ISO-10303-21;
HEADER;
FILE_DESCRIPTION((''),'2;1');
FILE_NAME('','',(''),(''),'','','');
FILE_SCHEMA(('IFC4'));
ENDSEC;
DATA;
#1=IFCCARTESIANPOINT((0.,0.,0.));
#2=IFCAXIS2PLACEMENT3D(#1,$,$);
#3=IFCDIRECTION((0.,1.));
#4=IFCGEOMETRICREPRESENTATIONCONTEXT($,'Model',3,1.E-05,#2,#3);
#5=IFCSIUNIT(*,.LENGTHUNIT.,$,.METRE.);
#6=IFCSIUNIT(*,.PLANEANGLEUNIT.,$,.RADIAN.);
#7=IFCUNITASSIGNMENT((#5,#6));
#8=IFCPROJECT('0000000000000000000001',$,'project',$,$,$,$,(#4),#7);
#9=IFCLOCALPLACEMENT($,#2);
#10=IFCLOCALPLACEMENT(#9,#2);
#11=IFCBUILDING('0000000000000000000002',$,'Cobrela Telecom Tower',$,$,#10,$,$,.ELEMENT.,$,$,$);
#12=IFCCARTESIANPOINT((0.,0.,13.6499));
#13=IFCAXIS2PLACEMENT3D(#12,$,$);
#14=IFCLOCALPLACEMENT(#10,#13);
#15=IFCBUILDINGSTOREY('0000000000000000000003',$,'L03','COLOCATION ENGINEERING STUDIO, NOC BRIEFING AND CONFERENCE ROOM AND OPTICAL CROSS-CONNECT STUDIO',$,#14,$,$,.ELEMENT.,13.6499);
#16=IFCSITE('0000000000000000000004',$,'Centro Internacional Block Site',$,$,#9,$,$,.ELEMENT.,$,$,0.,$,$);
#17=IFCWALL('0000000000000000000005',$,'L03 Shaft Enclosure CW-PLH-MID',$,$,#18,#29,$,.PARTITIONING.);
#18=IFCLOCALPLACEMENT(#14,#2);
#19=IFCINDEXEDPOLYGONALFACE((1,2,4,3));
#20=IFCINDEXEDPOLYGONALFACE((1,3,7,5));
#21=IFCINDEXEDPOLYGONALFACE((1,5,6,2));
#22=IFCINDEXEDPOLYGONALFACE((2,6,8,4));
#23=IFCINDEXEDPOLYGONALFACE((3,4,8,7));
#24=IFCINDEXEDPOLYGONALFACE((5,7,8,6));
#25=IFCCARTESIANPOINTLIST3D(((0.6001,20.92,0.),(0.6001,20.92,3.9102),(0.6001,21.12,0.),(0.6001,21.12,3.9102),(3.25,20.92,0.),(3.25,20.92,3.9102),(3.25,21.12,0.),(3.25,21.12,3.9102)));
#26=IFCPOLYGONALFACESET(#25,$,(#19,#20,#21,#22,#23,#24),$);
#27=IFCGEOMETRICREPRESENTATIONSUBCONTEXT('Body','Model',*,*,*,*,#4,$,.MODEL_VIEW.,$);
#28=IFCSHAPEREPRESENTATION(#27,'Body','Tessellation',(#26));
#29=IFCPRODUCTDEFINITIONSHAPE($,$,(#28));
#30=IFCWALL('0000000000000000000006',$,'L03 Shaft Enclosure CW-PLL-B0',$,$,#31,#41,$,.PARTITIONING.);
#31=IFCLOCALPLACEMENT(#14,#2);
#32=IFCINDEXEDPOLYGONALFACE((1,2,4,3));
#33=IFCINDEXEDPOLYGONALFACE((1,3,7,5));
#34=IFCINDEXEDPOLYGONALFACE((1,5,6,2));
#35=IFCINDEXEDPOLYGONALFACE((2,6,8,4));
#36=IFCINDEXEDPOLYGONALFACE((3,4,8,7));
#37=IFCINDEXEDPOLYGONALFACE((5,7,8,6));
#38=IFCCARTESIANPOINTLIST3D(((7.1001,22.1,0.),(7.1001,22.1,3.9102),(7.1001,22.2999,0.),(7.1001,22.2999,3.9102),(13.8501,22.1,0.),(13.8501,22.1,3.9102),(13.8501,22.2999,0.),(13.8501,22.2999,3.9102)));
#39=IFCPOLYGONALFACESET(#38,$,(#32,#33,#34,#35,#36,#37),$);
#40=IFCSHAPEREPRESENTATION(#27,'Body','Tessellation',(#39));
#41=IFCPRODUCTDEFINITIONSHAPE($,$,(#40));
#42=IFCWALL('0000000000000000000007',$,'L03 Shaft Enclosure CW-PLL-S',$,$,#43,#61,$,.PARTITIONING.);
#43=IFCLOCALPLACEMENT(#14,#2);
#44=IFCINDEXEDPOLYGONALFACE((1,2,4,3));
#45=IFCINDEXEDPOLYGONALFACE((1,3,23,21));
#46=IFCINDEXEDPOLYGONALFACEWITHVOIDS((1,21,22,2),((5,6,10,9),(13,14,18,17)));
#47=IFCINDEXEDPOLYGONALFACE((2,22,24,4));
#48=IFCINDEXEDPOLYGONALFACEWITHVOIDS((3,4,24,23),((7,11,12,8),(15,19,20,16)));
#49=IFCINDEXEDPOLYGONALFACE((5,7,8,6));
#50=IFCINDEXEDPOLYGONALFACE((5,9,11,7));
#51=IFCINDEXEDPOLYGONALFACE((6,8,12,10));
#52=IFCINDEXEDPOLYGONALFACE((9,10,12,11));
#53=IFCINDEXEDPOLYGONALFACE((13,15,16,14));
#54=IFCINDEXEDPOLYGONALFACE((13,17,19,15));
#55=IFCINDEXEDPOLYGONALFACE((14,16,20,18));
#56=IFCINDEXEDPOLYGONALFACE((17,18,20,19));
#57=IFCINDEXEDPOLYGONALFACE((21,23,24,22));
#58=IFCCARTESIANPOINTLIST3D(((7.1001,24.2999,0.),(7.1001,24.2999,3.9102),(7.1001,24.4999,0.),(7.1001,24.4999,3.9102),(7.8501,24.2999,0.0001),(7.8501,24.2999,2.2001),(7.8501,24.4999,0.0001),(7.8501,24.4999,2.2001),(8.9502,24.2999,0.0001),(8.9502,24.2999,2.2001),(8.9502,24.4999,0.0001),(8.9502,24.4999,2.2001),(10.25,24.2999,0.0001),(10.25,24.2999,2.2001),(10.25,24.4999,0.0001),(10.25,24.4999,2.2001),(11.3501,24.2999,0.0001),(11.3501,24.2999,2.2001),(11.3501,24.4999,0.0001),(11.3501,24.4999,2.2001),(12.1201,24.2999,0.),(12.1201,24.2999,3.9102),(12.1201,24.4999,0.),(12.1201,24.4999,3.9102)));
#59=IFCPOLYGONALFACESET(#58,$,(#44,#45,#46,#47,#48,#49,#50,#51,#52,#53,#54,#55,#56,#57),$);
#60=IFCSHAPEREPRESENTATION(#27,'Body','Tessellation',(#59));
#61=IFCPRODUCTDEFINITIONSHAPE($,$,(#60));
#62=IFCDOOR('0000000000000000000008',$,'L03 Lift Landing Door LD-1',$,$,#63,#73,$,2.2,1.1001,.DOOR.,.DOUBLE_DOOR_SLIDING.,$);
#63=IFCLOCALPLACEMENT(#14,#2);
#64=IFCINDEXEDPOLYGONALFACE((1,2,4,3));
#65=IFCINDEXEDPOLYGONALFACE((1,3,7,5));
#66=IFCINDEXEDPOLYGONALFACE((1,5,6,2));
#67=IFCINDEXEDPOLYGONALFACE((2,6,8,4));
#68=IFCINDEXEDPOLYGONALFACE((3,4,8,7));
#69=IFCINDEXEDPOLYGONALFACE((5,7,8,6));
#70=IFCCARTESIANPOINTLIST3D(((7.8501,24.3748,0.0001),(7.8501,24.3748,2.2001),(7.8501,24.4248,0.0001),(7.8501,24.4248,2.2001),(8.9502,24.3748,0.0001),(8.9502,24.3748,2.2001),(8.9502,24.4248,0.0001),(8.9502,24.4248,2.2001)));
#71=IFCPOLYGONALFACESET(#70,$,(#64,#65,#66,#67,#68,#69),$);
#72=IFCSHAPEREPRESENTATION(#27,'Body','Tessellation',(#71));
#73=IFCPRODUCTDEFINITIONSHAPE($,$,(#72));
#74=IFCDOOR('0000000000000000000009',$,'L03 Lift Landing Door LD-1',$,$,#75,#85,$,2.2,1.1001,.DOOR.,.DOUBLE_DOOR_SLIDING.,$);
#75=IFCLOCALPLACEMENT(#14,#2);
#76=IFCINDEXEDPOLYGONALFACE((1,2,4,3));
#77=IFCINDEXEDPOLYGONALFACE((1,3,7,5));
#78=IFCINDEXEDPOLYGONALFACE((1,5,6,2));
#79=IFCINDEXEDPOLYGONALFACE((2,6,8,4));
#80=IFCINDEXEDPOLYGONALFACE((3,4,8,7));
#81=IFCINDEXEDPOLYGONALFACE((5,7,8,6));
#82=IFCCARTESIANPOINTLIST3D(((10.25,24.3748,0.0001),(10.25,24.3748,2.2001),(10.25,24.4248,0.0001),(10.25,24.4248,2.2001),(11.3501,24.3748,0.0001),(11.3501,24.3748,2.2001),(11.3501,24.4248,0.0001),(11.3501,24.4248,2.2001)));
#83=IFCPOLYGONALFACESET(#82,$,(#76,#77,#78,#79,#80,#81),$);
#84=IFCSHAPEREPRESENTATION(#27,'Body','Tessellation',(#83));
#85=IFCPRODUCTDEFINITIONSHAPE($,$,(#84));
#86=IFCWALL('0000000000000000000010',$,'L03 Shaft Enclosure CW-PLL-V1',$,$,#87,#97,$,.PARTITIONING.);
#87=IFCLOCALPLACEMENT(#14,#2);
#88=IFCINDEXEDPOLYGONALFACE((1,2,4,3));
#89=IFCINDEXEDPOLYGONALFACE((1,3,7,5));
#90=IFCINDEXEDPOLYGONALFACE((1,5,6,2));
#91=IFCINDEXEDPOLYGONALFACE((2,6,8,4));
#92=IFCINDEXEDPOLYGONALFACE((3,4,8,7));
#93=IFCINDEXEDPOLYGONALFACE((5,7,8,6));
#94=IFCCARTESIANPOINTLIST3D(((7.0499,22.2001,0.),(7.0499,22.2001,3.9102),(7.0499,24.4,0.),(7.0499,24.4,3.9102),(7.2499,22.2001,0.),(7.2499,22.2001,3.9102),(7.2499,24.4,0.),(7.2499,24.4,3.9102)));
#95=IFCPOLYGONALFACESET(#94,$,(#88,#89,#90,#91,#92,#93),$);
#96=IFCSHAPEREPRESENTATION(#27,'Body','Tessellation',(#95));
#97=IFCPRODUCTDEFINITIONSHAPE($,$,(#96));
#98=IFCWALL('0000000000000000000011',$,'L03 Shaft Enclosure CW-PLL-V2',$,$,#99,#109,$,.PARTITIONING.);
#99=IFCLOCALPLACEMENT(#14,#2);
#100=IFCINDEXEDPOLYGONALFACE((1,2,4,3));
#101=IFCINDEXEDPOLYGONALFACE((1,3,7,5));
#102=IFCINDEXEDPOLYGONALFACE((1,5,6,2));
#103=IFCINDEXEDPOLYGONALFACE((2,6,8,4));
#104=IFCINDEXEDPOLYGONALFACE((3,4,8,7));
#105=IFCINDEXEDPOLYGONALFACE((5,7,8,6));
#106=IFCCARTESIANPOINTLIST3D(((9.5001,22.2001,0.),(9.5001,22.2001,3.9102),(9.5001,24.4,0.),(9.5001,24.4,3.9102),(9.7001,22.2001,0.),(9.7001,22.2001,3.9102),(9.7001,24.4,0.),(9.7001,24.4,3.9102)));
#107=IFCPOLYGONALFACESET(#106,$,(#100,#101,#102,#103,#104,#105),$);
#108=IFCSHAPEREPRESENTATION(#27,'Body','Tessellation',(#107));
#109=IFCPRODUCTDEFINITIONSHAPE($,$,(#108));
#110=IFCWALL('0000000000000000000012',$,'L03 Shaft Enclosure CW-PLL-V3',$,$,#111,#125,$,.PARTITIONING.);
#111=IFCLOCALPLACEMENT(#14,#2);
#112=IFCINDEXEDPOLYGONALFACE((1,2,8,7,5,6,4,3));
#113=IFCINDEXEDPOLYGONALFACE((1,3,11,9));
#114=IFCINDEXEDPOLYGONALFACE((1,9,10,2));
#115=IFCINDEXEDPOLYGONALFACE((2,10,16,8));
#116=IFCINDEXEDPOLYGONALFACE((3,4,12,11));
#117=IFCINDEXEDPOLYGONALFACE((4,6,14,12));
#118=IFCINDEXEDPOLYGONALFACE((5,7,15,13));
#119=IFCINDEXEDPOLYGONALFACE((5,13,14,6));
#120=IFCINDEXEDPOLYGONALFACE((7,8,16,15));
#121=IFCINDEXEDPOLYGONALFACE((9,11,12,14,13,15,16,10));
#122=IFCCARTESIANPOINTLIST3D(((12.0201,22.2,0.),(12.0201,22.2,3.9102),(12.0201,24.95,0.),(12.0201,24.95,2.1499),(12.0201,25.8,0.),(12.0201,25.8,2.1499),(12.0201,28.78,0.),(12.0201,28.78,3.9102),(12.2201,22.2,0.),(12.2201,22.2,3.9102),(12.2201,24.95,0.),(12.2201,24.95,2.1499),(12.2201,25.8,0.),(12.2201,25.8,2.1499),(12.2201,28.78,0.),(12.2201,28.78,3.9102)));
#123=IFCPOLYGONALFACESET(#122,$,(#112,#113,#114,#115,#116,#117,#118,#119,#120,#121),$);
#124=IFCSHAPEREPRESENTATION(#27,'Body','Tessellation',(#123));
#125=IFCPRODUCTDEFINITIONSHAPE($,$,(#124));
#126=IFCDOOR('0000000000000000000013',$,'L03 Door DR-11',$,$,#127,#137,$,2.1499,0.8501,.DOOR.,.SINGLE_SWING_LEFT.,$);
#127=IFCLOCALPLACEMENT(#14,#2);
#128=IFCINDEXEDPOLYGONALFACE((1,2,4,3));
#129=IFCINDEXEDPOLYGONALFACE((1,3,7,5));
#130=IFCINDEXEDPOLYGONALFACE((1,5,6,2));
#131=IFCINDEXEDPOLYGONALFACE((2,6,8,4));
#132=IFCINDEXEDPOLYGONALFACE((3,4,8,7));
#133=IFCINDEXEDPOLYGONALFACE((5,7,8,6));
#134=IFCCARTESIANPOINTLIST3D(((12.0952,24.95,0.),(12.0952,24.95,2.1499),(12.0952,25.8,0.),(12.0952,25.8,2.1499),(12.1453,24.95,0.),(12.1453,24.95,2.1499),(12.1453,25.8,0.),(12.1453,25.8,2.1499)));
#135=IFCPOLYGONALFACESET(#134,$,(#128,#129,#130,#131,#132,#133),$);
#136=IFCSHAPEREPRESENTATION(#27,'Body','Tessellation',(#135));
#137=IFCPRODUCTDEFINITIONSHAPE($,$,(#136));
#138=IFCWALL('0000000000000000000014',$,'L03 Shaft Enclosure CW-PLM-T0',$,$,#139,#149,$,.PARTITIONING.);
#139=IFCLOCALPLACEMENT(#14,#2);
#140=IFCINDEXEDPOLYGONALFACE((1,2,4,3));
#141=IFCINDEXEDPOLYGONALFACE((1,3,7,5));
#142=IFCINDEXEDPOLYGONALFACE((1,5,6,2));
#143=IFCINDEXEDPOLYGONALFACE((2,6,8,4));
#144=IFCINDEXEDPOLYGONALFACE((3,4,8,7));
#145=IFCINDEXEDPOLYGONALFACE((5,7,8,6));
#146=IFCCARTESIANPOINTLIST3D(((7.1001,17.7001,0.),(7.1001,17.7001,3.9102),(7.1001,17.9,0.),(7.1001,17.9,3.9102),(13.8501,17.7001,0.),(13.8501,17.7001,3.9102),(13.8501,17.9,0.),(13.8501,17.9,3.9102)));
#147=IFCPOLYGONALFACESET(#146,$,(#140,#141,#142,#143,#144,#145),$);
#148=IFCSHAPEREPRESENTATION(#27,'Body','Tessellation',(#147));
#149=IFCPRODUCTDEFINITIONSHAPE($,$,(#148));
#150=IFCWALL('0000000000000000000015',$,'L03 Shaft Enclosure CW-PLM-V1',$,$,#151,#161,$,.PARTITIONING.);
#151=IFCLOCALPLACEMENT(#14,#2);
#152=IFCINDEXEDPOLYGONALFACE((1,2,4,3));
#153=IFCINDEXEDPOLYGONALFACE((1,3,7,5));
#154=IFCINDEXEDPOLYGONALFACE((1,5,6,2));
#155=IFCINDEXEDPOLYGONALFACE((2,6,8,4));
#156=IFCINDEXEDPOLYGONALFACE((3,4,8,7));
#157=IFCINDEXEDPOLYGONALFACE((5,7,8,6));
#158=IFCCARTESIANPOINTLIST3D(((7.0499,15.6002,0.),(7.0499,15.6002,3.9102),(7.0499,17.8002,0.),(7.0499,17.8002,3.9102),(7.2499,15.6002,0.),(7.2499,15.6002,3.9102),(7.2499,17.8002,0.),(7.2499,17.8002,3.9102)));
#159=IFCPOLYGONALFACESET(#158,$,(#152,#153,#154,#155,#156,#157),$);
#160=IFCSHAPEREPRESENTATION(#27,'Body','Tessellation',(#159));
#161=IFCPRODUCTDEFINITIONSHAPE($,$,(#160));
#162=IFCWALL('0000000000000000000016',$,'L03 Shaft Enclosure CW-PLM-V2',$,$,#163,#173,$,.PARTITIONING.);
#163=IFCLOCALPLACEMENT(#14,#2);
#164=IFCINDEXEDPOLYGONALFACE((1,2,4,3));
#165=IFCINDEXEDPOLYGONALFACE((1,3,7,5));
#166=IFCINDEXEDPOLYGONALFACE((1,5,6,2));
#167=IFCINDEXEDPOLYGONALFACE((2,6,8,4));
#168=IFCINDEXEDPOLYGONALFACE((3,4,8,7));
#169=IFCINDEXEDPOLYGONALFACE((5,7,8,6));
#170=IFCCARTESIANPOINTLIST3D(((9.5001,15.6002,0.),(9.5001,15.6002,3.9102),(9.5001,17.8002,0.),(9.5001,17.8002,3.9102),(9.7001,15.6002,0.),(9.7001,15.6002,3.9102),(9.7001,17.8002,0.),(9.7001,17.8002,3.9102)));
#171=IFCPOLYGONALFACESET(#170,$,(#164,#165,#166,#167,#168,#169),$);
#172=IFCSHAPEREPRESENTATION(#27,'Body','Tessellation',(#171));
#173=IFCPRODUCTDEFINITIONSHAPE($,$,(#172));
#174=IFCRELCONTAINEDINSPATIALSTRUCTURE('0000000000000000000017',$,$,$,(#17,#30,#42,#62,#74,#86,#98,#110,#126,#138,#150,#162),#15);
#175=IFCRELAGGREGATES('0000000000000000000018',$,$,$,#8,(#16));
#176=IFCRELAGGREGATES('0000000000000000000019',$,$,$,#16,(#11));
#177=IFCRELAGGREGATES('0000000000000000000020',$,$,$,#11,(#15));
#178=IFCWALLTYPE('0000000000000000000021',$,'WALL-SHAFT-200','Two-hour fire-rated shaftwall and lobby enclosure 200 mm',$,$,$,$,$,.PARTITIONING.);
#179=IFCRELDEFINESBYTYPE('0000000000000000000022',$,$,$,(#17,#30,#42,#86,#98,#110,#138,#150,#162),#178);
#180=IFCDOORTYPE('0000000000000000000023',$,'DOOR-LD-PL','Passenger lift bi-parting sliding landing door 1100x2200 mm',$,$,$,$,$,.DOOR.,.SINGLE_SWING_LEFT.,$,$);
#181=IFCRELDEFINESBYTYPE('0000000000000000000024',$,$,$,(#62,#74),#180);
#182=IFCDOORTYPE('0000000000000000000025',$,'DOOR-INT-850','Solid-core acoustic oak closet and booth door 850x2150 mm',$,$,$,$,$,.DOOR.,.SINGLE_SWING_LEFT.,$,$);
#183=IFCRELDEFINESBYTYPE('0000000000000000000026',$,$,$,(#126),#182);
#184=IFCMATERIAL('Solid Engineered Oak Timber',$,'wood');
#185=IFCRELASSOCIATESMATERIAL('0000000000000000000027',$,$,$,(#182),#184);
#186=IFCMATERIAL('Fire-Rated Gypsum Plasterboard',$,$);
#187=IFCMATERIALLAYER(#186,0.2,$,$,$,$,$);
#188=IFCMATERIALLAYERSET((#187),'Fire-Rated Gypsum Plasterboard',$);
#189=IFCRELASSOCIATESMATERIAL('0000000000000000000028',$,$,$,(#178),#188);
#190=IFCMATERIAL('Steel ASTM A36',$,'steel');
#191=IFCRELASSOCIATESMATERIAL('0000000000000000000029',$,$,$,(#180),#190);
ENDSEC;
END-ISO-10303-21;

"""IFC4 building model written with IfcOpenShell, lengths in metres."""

from ifc_helpers import new_model, si_unit, direction, frame, frame_2d, origin, place, context, subcontext, project, spatial, rectangle, extrude, material, layer, layer_set, type_object, element, fill, save


model = new_model("IFC4")

# Units and contexts
model_context = context("Model", 3, precision=1e-05, world=origin(), true_north=direction((0.0, 1.0)))
body_context = subcontext(model_context, "Body", "Model", "MODEL_VIEW")
ifc_project = project(units=[si_unit("LENGTHUNIT", "METRE"), si_unit("PLANEANGLEUNIT", "RADIAN")], contexts=[model_context])

# Site, building, storey
site_placement = place(None, origin())
site = spatial("IfcSite", under=ifc_project, at=site_placement, Name="Centro Internacional Block Site", CompositionType="ELEMENT", RefElevation=0.0)
building_placement = place(site_placement, origin())
building = spatial("IfcBuilding", under=site, at=building_placement, Name="Cobrela Telecom Tower", CompositionType="ELEMENT")
storey_placement = place(building_placement, frame((0.0, 0.0, 13.6499)))
storey = spatial("IfcBuildingStorey", under=building, at=storey_placement, Name="L03", Description="COLOCATION ENGINEERING STUDIO, NOC BRIEFING AND CONFERENCE ROOM AND OPTICAL CROSS-CONNECT STUDIO", CompositionType="ELEMENT", Elevation=13.6499)

# Shared definitions
ifc_material_1 = material(Name="Fire-Rated Gypsum Plasterboard")
ifc_material_2 = material(Name="Solid Engineered Oak Timber", Category="wood")
door_type_1 = type_object("IfcDoorType", Name="DOOR-INT-850", Description="Solid-core acoustic oak closet and booth door 850x2150 mm", OperationType="SINGLE_SWING_LEFT", PredefinedType="DOOR", material=ifc_material_2)

# Walls
ifc_layer_1 = layer(ifc_material_1, 0.2)
ifc_layer_set_1 = layer_set([ifc_layer_1], Name="Fire-Rated Gypsum Plasterboard")
wall_type_1 = type_object("IfcWallType", Name="WALL-SHAFT-200", Description="Two-hour fire-rated shaftwall and lobby enclosure 200 mm", PredefinedType="PARTITIONING", material=ifc_layer_set_1)
for number, where, z_axis, x_axis, name in (
    (1, (0.6001, 21.02, 0.0), (0.0, 0.0, 1.0), (1.0, 0.0, 0.0), "L03 Shaft Enclosure CW-PLH-MID"),
):
    element("IfcWall", number, at=place(storey_placement, frame(where, z_axis=z_axis, x_axis=x_axis)), inside=storey, type_object=wall_type_1, Name=name, PredefinedType="PARTITIONING", context=body_context, shape_type="SweptSolid", body=[
        extrude(rectangle(XDim=2.6499, YDim=0.2, at=frame_2d((1.325, 0.0))), origin(), (0.0, 0.0, 1.0), 3.9102),
    ])
wall_1_placement = place(storey_placement, frame((7.1001, 22.2, 0.0), z_axis=(0.0, 0.0, 1.0), x_axis=(1.0, 0.0, 0.0)))
element("IfcWall", 2, at=wall_1_placement, inside=storey, type_object=wall_type_1, Name="L03 Shaft Enclosure CW-PLL-B0", PredefinedType="PARTITIONING", context=body_context, shape_type="SweptSolid", body=[
    extrude(rectangle(XDim=6.75, YDim=0.2, at=frame_2d((3.375, 0.0))), origin(), (0.0, 0.0, 1.0), 3.9102),
])

# Wall, openings, doors
wall_2_placement = place(storey_placement, frame((7.1001, 24.3999, 0.0), z_axis=(0.0, 0.0, 1.0), x_axis=(1.0, 0.0, 0.0)))
wall_2 = element("IfcWall", 3, at=wall_2_placement, inside=storey, type_object=wall_type_1, Name="L03 Shaft Enclosure CW-PLL-S", PredefinedType="PARTITIONING", context=body_context, shape_type="SweptSolid", body=[
    extrude(rectangle(XDim=5.02, YDim=0.2, at=frame_2d((2.51, 0.0))), origin(), (0.0, 0.0, 1.0), 3.9102),
])
opening_1_placement = place(wall_2_placement, frame((0.75, 0.0, 0.0)))
opening_1 = element("IfcOpeningElement", 4, at=opening_1_placement, cuts=wall_2, PredefinedType="OPENING", context=body_context, shape_type="SweptSolid", body=[
    extrude(rectangle(XDim=1.1001, YDim=2.2, at=frame_2d((0.55, 1.1001))), frame((0.0, 0.1118, 0.0), z_axis=(0.0, -1.0, 0.0), x_axis=(1.0, 0.0, 0.0)), (0.0, 0.0, 1.0), 0.2239),
])
opening_2_placement = place(wall_2_placement, frame((3.1499, 0.0, 0.0)))
opening_2 = element("IfcOpeningElement", 5, at=opening_2_placement, cuts=wall_2, PredefinedType="OPENING", context=body_context, shape_type="SweptSolid", body=[
    extrude(rectangle(XDim=1.1001, YDim=2.2, at=frame_2d((0.55, 1.1001))), frame((0.0, 0.1118, 0.0), z_axis=(0.0, -1.0, 0.0), x_axis=(1.0, 0.0, 0.0)), (0.0, 0.0, 1.0), 0.2239),
])
ifc_material_3 = material(Name="Steel ASTM A36", Category="steel")
door_type_2 = type_object("IfcDoorType", Name="DOOR-LD-PL", Description="Passenger lift bi-parting sliding landing door 1100x2200 mm", OperationType="SINGLE_SWING_LEFT", PredefinedType="DOOR", material=ifc_material_3)
door_1_placement = place(opening_1_placement, origin())
door_1 = element("IfcDoor", 6, at=door_1_placement, inside=storey, type_object=door_type_2, Name="L03 Lift Landing Door LD-1", OperationType="DOUBLE_DOOR_SLIDING", OverallHeight=2.2, OverallWidth=1.1001, PredefinedType="DOOR", context=body_context, shape_type="SweptSolid", body=[
    extrude(rectangle(XDim=1.1001, YDim=2.2, at=frame_2d((0.55, 1.1001))), frame((0.0, 0.0249, 0.0), z_axis=(0.0, -1.0, 0.0), x_axis=(1.0, 0.0, 0.0)), (0.0, 0.0, 1.0), 0.05),
])
fill(opening_1, door_1)
door_2_placement = place(opening_2_placement, origin())
door_2 = element("IfcDoor", 7, at=door_2_placement, inside=storey, type_object=door_type_2, Name="L03 Lift Landing Door LD-1", OperationType="DOUBLE_DOOR_SLIDING", OverallHeight=2.2, OverallWidth=1.1001, PredefinedType="DOOR", context=body_context, shape_type="SweptSolid", body=[
    extrude(rectangle(XDim=1.1001, YDim=2.2, at=frame_2d((0.55, 1.1001))), frame((0.0, 0.0249, 0.0), z_axis=(0.0, -1.0, 0.0), x_axis=(1.0, 0.0, 0.0)), (0.0, 0.0, 1.0), 0.05),
])
fill(opening_2, door_2)

# Walls
for number, where, z_axis, x_axis, name in (
    (8, (7.1499, 22.2, 0.0), (0.0, 0.0, 1.0), (0.0, 1.0, 0.0), "L03 Shaft Enclosure CW-PLL-V1"),
    (9, (9.6001, 22.2, 0.0), (0.0, 0.0, 1.0), (0.0, 1.0, 0.0), "L03 Shaft Enclosure CW-PLL-V2"),
):
    element("IfcWall", number, at=place(storey_placement, frame(where, z_axis=z_axis, x_axis=x_axis)), inside=storey, type_object=wall_type_1, Name=name, PredefinedType="PARTITIONING", context=body_context, shape_type="SweptSolid", body=[
        extrude(rectangle(XDim=2.2, YDim=0.2, at=frame_2d((1.1001, 0.0))), origin(), (0.0, 0.0, 1.0), 3.9102),
    ])

# Wall, opening, door
wall_3_placement = place(storey_placement, frame((12.1201, 22.2, 0.0), z_axis=(0.0, 0.0, 1.0), x_axis=(0.0, 1.0, 0.0)))
wall_3 = element("IfcWall", 10, at=wall_3_placement, inside=storey, type_object=wall_type_1, Name="L03 Shaft Enclosure CW-PLL-V3", PredefinedType="PARTITIONING", context=body_context, shape_type="SweptSolid", body=[
    extrude(rectangle(XDim=6.5801, YDim=0.2, at=frame_2d((3.29, 0.0))), origin(), (0.0, 0.0, 1.0), 3.9102),
])
opening_3_placement = place(wall_3_placement, frame((2.75, 0.0, 0.0)))
opening_3 = element("IfcOpeningElement", 11, at=opening_3_placement, cuts=wall_3, PredefinedType="OPENING", context=body_context, shape_type="SweptSolid", body=[
    extrude(rectangle(XDim=0.8501, YDim=2.1499, at=frame_2d((0.425, 1.075))), frame((0.0, 0.1118, 0.0), z_axis=(0.0, -1.0, 0.0), x_axis=(1.0, 0.0, 0.0)), (0.0, 0.0, 1.0), 0.2239),
])
door_3_placement = place(opening_3_placement, origin())
door_3 = element("IfcDoor", 12, at=door_3_placement, inside=storey, type_object=door_type_1, Name="L03 Door DR-11", OperationType="SINGLE_SWING_LEFT", OverallHeight=2.1499, OverallWidth=0.8501, PredefinedType="DOOR", context=body_context, shape_type="SweptSolid", body=[
    extrude(rectangle(XDim=0.8501, YDim=2.1499, at=frame_2d((0.425, 1.075))), frame((0.0, 0.0249, 0.0), z_axis=(0.0, -1.0, 0.0), x_axis=(1.0, 0.0, 0.0)), (0.0, 0.0, 1.0), 0.05),
])
fill(opening_3, door_3)

# Walls
wall_4_placement = place(storey_placement, frame((7.1001, 17.8, 0.0), z_axis=(0.0, 0.0, 1.0), x_axis=(1.0, 0.0, 0.0)))
element("IfcWall", 13, at=wall_4_placement, inside=storey, type_object=wall_type_1, Name="L03 Shaft Enclosure CW-PLM-T0", PredefinedType="PARTITIONING", context=body_context, shape_type="SweptSolid", body=[
    extrude(rectangle(XDim=6.75, YDim=0.2, at=frame_2d((3.375, 0.0))), origin(), (0.0, 0.0, 1.0), 3.9102),
])
for number, where, z_axis, x_axis, name in (
    (14, (7.1499, 15.6001, 0.0), (0.0, 0.0, 1.0), (0.0, 1.0, 0.0), "L03 Shaft Enclosure CW-PLM-V1"),
    (15, (9.6001, 15.6001, 0.0), (0.0, 0.0, 1.0), (0.0, 1.0, 0.0), "L03 Shaft Enclosure CW-PLM-V2"),
):
    element("IfcWall", number, at=place(storey_placement, frame(where, z_axis=z_axis, x_axis=x_axis)), inside=storey, type_object=wall_type_1, Name=name, PredefinedType="PARTITIONING", context=body_context, shape_type="SweptSolid", body=[
        extrude(rectangle(XDim=2.2, YDim=0.2, at=frame_2d((1.1001, 0.0))), origin(), (0.0, 0.0, 1.0), 3.9102),
    ])

save(model, "model.ifc")
